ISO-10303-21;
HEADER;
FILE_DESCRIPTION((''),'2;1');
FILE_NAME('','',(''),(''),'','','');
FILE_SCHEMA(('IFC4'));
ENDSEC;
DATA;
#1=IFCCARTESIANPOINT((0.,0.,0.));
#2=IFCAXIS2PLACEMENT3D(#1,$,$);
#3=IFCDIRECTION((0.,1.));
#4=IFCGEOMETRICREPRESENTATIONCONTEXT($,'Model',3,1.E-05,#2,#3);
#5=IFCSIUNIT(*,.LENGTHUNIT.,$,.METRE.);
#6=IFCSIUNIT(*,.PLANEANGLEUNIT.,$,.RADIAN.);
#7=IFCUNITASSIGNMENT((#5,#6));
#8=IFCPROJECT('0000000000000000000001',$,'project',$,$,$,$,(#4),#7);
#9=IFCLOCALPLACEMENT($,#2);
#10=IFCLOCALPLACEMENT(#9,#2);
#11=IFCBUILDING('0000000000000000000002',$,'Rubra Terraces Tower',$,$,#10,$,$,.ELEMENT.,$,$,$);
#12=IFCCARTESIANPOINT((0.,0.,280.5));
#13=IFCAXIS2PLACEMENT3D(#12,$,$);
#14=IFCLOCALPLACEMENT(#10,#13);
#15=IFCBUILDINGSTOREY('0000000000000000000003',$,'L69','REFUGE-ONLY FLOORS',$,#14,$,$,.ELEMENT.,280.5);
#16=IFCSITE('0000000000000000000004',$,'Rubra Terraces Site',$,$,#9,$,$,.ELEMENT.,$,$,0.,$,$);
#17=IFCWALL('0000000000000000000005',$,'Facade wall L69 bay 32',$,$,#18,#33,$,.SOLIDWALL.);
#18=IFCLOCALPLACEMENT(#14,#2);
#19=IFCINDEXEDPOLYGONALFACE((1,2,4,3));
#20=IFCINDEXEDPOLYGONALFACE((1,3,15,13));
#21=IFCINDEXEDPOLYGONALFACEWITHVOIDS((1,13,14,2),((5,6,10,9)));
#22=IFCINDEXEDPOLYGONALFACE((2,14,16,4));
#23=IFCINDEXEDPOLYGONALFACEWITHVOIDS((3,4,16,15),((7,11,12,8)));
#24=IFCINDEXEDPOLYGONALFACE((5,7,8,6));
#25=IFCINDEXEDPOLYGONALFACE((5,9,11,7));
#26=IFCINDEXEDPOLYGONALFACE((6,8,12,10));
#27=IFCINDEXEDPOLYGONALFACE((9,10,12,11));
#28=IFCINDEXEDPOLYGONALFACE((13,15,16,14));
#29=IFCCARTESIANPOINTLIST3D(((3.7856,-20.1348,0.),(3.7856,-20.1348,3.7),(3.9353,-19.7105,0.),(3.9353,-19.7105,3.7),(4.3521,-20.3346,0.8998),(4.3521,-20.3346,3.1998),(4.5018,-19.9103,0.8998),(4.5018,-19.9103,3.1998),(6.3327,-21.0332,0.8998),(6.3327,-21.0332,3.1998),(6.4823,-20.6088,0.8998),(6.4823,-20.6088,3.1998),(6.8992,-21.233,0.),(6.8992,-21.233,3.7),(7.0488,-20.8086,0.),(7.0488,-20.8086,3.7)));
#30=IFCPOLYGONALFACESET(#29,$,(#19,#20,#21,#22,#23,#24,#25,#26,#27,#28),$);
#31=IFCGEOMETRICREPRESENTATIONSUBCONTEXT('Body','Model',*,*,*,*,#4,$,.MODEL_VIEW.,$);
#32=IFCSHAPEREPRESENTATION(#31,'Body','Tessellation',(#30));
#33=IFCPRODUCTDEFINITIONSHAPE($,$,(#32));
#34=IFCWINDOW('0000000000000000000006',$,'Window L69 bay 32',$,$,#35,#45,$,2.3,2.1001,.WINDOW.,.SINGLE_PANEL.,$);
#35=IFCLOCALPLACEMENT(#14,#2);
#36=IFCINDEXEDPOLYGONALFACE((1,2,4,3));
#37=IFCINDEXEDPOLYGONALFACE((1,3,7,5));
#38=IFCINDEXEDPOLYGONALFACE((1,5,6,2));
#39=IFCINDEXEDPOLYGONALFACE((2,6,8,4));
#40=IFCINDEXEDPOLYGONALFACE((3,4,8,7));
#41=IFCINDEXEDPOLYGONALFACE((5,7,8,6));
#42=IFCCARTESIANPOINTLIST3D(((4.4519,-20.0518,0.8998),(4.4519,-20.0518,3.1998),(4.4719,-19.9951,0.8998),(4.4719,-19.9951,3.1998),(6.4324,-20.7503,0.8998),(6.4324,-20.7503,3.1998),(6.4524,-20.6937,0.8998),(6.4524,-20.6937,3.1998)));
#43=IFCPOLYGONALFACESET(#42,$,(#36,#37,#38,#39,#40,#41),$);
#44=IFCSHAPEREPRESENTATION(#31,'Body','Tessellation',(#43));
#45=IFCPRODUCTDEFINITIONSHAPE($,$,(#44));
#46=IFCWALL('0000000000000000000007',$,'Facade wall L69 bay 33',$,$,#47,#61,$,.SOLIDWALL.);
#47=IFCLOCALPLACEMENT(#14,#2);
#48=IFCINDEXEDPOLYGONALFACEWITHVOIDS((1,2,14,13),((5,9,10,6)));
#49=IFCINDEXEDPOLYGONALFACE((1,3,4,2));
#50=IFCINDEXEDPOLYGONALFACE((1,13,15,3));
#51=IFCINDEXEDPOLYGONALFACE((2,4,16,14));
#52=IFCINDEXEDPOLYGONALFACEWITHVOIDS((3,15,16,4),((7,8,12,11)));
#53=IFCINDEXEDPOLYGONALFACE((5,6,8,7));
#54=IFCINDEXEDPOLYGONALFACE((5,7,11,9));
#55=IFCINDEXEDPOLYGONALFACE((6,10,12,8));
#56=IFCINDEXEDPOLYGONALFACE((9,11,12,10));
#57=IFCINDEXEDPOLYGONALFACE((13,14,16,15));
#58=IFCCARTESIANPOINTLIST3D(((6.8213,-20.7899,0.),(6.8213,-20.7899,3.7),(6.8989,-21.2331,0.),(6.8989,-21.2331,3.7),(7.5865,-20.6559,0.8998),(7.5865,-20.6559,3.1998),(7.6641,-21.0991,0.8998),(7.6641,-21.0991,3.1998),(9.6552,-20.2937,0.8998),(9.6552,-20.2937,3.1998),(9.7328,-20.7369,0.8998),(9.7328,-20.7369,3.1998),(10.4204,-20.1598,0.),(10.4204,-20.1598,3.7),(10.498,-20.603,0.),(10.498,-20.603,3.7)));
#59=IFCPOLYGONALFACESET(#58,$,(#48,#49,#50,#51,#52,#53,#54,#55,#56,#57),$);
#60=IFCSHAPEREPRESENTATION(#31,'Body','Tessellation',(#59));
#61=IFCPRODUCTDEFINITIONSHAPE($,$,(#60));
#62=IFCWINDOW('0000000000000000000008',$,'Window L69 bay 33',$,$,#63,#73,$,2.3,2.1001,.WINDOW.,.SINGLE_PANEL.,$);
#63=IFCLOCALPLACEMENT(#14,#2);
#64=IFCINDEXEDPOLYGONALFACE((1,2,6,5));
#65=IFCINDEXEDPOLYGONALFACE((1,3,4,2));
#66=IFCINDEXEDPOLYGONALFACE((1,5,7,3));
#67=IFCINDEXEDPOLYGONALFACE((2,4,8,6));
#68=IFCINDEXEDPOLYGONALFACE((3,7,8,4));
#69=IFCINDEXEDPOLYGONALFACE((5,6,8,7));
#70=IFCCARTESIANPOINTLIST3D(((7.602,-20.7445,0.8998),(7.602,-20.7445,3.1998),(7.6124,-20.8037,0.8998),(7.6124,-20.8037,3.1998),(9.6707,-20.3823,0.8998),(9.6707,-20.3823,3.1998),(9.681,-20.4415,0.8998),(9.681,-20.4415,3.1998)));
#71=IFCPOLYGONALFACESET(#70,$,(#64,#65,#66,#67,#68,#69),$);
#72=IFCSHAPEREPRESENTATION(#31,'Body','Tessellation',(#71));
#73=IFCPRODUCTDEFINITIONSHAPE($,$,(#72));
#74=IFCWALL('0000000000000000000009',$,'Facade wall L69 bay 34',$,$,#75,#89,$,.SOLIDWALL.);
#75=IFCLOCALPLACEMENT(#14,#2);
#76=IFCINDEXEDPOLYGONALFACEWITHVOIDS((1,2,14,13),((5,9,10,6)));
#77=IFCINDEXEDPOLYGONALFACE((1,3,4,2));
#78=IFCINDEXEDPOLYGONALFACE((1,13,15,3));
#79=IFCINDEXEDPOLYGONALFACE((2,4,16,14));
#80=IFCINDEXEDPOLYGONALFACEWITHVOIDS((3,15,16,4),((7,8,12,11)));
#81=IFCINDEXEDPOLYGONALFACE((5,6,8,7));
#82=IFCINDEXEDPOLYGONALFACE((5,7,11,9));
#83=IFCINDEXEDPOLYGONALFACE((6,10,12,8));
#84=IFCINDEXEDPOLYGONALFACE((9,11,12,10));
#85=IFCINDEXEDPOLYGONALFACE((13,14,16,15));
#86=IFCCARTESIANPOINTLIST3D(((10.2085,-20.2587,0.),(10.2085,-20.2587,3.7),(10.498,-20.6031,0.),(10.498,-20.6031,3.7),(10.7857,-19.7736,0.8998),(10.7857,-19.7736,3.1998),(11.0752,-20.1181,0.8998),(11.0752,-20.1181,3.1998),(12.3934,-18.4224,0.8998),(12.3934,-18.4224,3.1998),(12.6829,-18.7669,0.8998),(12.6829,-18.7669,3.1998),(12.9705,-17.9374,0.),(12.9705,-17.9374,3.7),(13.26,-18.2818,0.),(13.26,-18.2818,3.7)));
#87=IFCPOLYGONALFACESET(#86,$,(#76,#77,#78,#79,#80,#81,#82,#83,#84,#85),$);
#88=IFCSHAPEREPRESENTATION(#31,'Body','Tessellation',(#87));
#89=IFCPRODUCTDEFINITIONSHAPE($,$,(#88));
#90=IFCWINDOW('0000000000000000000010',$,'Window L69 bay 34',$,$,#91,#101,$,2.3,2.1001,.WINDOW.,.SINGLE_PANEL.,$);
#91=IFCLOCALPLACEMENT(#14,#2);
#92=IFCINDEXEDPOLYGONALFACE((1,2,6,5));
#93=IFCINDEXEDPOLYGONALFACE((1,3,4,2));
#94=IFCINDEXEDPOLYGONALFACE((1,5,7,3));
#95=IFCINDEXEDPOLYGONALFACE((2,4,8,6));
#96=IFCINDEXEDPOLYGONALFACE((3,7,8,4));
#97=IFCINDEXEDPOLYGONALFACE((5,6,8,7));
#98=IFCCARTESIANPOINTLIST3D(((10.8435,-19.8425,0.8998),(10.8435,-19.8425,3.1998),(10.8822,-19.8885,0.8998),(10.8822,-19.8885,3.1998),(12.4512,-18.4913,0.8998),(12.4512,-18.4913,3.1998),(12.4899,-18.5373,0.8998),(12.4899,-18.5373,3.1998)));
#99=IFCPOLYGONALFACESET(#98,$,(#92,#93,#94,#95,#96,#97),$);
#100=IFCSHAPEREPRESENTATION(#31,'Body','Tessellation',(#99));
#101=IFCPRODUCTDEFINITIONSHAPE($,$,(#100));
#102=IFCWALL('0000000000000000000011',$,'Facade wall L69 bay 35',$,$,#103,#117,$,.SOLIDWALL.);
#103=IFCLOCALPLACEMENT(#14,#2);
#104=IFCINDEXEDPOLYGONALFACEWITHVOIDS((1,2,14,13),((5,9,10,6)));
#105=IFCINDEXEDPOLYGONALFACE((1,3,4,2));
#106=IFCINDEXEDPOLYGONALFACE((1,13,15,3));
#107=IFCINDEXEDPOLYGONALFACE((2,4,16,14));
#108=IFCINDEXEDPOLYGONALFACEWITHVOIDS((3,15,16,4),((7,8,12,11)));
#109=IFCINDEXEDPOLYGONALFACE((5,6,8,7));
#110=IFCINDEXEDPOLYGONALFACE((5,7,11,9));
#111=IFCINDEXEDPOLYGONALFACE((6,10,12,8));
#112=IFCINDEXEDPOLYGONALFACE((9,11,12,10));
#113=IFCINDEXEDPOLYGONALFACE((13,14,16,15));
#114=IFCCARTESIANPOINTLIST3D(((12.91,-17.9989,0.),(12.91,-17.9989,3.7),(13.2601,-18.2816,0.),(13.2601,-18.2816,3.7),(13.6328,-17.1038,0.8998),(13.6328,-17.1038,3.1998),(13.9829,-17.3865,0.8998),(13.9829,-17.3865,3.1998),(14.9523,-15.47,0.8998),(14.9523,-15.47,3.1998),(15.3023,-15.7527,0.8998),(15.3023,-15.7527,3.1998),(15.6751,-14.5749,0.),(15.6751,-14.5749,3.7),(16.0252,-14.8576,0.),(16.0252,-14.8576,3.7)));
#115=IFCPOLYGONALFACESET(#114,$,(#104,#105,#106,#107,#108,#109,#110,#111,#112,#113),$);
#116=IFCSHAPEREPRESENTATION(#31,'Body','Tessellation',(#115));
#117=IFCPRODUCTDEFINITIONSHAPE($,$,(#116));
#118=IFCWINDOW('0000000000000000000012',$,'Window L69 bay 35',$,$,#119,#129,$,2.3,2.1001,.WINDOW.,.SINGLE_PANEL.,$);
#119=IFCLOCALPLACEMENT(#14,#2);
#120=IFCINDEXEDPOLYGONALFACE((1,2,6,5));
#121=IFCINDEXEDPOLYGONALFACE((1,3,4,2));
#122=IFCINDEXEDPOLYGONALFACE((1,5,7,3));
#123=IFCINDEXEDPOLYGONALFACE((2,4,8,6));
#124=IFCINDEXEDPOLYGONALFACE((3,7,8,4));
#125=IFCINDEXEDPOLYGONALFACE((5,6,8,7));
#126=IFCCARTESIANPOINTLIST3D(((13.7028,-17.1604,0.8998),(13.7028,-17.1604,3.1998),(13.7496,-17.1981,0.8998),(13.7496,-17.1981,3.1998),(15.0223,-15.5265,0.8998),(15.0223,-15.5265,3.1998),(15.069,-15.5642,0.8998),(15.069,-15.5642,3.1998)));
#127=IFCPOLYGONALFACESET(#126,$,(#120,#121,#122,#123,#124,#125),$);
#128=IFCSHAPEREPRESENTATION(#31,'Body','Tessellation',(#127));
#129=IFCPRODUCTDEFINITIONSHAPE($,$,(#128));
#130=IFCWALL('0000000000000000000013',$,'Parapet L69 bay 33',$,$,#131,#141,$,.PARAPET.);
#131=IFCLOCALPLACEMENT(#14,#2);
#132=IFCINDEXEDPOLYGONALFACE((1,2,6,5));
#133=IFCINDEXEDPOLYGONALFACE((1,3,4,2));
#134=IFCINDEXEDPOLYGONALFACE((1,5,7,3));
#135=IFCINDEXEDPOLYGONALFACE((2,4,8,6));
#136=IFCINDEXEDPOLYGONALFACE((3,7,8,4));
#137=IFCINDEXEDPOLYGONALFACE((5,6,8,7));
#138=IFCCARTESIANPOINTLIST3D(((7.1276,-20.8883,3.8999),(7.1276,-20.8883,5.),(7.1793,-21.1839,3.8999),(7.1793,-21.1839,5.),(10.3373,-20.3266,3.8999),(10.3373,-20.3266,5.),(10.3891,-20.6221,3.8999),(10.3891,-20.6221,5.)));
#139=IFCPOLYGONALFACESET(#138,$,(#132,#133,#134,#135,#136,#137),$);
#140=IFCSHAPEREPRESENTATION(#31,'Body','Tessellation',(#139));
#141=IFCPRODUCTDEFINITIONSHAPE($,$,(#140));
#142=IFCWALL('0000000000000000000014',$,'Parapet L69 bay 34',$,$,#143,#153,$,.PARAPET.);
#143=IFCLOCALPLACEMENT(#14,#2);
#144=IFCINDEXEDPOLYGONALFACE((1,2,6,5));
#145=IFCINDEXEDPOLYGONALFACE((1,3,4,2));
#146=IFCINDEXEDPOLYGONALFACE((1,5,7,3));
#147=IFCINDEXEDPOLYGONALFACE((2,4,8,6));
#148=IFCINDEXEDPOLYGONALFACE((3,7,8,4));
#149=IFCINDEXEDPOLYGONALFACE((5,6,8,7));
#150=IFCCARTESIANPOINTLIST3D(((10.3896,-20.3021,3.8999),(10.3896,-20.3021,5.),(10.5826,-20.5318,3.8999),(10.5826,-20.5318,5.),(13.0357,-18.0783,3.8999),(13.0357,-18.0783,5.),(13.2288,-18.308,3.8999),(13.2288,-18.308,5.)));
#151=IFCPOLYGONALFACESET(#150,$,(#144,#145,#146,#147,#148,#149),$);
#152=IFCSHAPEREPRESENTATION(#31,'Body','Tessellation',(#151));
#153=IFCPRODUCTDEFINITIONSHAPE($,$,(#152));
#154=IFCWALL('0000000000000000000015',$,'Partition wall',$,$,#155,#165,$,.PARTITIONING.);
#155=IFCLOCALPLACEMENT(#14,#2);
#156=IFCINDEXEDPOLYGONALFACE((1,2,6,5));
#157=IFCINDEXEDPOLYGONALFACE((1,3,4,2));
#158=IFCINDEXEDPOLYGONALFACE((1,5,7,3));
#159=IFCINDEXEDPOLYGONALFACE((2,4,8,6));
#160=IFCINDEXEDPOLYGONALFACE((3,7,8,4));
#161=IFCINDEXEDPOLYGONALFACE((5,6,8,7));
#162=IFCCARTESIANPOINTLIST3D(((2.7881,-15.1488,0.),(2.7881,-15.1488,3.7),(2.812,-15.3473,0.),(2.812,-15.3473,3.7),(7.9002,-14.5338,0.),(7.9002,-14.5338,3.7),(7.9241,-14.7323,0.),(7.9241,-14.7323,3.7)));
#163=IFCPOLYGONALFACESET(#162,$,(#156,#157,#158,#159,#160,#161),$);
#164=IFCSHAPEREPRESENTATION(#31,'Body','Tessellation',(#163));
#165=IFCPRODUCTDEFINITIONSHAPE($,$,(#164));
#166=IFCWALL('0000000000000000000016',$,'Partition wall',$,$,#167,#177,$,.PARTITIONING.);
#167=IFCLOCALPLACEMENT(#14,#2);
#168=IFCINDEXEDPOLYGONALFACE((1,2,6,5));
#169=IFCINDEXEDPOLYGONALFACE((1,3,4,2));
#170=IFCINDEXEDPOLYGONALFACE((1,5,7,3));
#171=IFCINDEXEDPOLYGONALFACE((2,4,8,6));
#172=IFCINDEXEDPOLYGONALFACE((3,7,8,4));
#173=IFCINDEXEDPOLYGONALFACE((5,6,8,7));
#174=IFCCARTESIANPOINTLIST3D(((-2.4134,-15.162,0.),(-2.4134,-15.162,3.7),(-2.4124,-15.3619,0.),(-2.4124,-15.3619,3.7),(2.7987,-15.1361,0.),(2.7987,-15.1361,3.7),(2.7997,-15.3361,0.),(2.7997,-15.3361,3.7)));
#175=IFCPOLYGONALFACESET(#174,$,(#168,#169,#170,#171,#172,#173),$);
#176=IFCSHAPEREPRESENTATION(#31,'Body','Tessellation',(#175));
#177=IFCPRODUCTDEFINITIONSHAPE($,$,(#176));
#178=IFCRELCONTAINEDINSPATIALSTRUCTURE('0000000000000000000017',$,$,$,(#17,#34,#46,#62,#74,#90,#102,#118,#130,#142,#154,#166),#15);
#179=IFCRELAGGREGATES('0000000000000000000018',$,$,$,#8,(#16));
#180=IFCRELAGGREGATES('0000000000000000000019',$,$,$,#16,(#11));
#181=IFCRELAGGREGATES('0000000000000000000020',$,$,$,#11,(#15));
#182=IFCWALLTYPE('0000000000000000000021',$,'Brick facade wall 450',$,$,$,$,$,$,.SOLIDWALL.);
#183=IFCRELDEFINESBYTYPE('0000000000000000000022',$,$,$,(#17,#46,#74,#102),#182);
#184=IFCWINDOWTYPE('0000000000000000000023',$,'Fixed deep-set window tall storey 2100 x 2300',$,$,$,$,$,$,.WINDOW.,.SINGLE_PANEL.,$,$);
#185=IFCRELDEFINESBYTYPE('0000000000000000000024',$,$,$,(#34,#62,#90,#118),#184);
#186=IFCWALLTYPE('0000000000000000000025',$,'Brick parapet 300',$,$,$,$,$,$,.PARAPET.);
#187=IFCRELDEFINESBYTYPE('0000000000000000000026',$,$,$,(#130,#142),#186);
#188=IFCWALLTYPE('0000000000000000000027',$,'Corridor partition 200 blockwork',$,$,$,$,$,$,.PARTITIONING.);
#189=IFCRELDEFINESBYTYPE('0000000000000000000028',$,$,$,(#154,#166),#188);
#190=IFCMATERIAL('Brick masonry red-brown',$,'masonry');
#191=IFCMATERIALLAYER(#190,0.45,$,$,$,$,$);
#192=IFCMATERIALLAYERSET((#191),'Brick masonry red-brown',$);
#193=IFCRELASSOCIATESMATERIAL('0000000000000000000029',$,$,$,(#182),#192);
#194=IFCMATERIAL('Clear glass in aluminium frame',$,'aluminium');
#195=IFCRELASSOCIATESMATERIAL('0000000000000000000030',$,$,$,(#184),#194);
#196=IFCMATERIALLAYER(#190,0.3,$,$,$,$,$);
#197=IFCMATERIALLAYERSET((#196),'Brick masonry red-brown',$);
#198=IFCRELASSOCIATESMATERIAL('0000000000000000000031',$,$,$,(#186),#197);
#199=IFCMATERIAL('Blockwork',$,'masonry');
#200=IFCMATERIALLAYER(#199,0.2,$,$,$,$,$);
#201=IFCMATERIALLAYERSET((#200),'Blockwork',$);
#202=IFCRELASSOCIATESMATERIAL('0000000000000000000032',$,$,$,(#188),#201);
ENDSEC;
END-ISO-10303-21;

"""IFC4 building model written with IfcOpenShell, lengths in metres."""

from ifc_helpers import new_model, si_unit, direction, frame, frame_2d, origin, place, context, subcontext, project, spatial, rectangle, extrude, material, layer, layer_set, type_object, element, fill, save


model = new_model("IFC4")

# Units and contexts
model_context = context("Model", 3, precision=1e-05, world=origin(), true_north=direction((0.0, 1.0)))
body_context = subcontext(model_context, "Body", "Model", "MODEL_VIEW")
ifc_project = project(units=[si_unit("LENGTHUNIT", "METRE"), si_unit("PLANEANGLEUNIT", "RADIAN")], contexts=[model_context])

# Site, building, storey
site_placement = place(None, origin())
site = spatial("IfcSite", under=ifc_project, at=site_placement, Name="Rubra Terraces Site", CompositionType="ELEMENT", RefElevation=0.0)
building_placement = place(site_placement, origin())
building = spatial("IfcBuilding", under=site, at=building_placement, Name="Rubra Terraces Tower", CompositionType="ELEMENT")
storey_placement = place(building_placement, frame((0.0, 0.0, 280.5)))
storey = spatial("IfcBuildingStorey", under=building, at=storey_placement, Name="L69", Description="REFUGE-ONLY FLOORS", CompositionType="ELEMENT", Elevation=280.5)

# Walls, openings, windows
ifc_material_1 = material(Name="Brick masonry red-brown", Category="masonry")
ifc_layer_1 = layer(ifc_material_1, 0.45)
ifc_layer_set_1 = layer_set([ifc_layer_1], Name="Brick masonry red-brown")
wall_type_1 = type_object("IfcWallType", Name="Brick facade wall 450", PredefinedType="SOLIDWALL", material=ifc_layer_set_1)
wall_1_placement = place(storey_placement, frame((3.8604, -19.9226, 0.0), z_axis=(0.0, 0.0, 1.0), x_axis=(0.943061, -0.332619, 0.0)))
wall_1 = element("IfcWall", 1, at=wall_1_placement, inside=storey, type_object=wall_type_1, Name="Facade wall L69 bay 32", PredefinedType="SOLIDWALL", context=body_context, shape_type="SweptSolid", body=[
    extrude(rectangle(XDim=3.3015, YDim=0.45, at=frame_2d((1.6509, 0.0))), origin(), (0.0, 0.0, 1.0), 3.7),
])
opening_1_placement = place(wall_1_placement, frame((0.6008, 0.0, 0.8999)))
opening_1 = element("IfcOpeningElement", 2, at=opening_1_placement, cuts=wall_1, PredefinedType="OPENING", context=body_context, shape_type="SweptSolid", body=[
    extrude(rectangle(XDim=2.1001, YDim=2.3, at=frame_2d((1.05, 1.1499))), frame((0.0, 0.2349, 0.0), z_axis=(0.0, -1.0, 0.0), x_axis=(1.0, 0.0, 0.0)), (0.0, 0.0, 1.0), 0.47),
])
ifc_material_2 = material(Name="Clear glass in aluminium frame", Category="aluminium")
window_type = type_object("IfcWindowType", Name="Fixed deep-set window tall storey 2100 x 2300", PartitioningType="SINGLE_PANEL", PredefinedType="WINDOW", material=ifc_material_2)
window_1_placement = place(opening_1_placement, origin())
window_1 = element("IfcWindow", 3, at=window_1_placement, inside=storey, type_object=window_type, Name="Window L69 bay 32", OverallHeight=2.3, OverallWidth=2.1001, PartitioningType="SINGLE_PANEL", PredefinedType="WINDOW", context=body_context, shape_type="SweptSolid", body=[
    extrude(rectangle(XDim=2.1001, YDim=2.3, at=frame_2d((1.05, 1.1499))), frame((0.0, 0.135, 0.0), z_axis=(0.0, -1.0, 0.0), x_axis=(1.0, 0.0, 0.0)), (0.0, 0.0, 1.0), 0.0601),
])
fill(opening_1, window_1)
wall_2_placement = place(storey_placement, frame((6.8601, -21.0115, 0.0), z_axis=(0.0, 0.0, 1.0), x_axis=(0.985017, 0.172455, 0.0)))
wall_2 = element("IfcWall", 4, at=wall_2_placement, inside=storey, type_object=wall_type_1, Name="Facade wall L69 bay 33", PredefinedType="SOLIDWALL", context=body_context, shape_type="SweptSolid", body=[
    extrude(rectangle(XDim=3.6538, YDim=0.45, at=frame_2d((1.8269, 0.0))), origin(), (0.0, 0.0, 1.0), 3.7),
])
opening_2_placement = place(wall_2_placement, frame((0.7769, 0.0, 0.8999)))
opening_2 = element("IfcOpeningElement", 5, at=opening_2_placement, cuts=wall_2, PredefinedType="OPENING", context=body_context, shape_type="SweptSolid", body=[
    extrude(rectangle(XDim=2.1001, YDim=2.3, at=frame_2d((1.05, 1.1499))), frame((0.0, 0.2349, 0.0), z_axis=(0.0, -1.0, 0.0), x_axis=(1.0, 0.0, 0.0)), (0.0, 0.0, 1.0), 0.47),
])
window_2_placement = place(opening_2_placement, origin())
window_2 = element("IfcWindow", 6, at=window_2_placement, inside=storey, type_object=window_type, Name="Window L69 bay 33", OverallHeight=2.3, OverallWidth=2.1001, PartitioningType="SINGLE_PANEL", PredefinedType="WINDOW", context=body_context, shape_type="SweptSolid", body=[
    extrude(rectangle(XDim=2.1001, YDim=2.3, at=frame_2d((1.05, 1.1499))), frame((0.0, 0.135, 0.0), z_axis=(0.0, -1.0, 0.0), x_axis=(1.0, 0.0, 0.0)), (0.0, 0.0, 1.0), 0.0601),
])
fill(opening_2, window_2)
wall_3_placement = place(storey_placement, frame((10.3533, -20.4309, 0.0), z_axis=(0.0, 0.0, 1.0), x_axis=(0.765536, 0.643394, 0.0)))
wall_3 = element("IfcWall", 7, at=wall_3_placement, inside=storey, type_object=wall_type_1, Name="Facade wall L69 bay 34", PredefinedType="SOLIDWALL", context=body_context, shape_type="SweptSolid", body=[
    extrude(rectangle(XDim=3.6079, YDim=0.45, at=frame_2d((1.804, 0.0))), origin(), (0.0, 0.0, 1.0), 3.7),
])
opening_3_placement = place(wall_3_placement, frame((0.7539, 0.0, 0.8999)))
opening_3 = element("IfcOpeningElement", 8, at=opening_3_placement, cuts=wall_3, PredefinedType="OPENING", context=body_context, shape_type="SweptSolid", body=[
    extrude(rectangle(XDim=2.1001, YDim=2.3, at=frame_2d((1.05, 1.1499))), frame((0.0, 0.2349, 0.0), z_axis=(0.0, -1.0, 0.0), x_axis=(1.0, 0.0, 0.0)), (0.0, 0.0, 1.0), 0.47),
])
window_3_placement = place(opening_3_placement, origin())
window_3 = element("IfcWindow", 9, at=window_3_placement, inside=storey, type_object=window_type, Name="Window L69 bay 34", OverallHeight=2.3, OverallWidth=2.1001, PartitioningType="SINGLE_PANEL", PredefinedType="WINDOW", context=body_context, shape_type="SweptSolid", body=[
    extrude(rectangle(XDim=2.1001, YDim=2.3, at=frame_2d((1.05, 1.1499))), frame((0.0, 0.135, 0.0), z_axis=(0.0, -1.0, 0.0), x_axis=(1.0, 0.0, 0.0)), (0.0, 0.0, 1.0), 0.0601),
])
fill(opening_3, window_3)
wall_4_placement = place(storey_placement, frame((13.085, -18.1404, 0.0), z_axis=(0.0, 0.0, 1.0), x_axis=(0.628274, 0.777992, 0.0)))
wall_4 = element("IfcWall", 10, at=wall_4_placement, inside=storey, type_object=wall_type_1, Name="Facade wall L69 bay 35", PredefinedType="SOLIDWALL", context=body_context, shape_type="SweptSolid", body=[
    extrude(rectangle(XDim=4.4011, YDim=0.45, at=frame_2d((2.2007, 0.0))), origin(), (0.0, 0.0, 1.0), 3.7),
])
opening_4_placement = place(wall_4_placement, frame((1.1506, 0.0, 0.8999)))
opening_4 = element("IfcOpeningElement", 11, at=opening_4_placement, cuts=wall_4, PredefinedType="OPENING", context=body_context, shape_type="SweptSolid", body=[
    extrude(rectangle(XDim=2.1001, YDim=2.3, at=frame_2d((1.05, 1.1499))), frame((0.0, 0.2349, 0.0), z_axis=(0.0, -1.0, 0.0), x_axis=(1.0, 0.0, 0.0)), (0.0, 0.0, 1.0), 0.47),
])
window_4_placement = place(opening_4_placement, origin())
window_4 = element("IfcWindow", 12, at=window_4_placement, inside=storey, type_object=window_type, Name="Window L69 bay 35", OverallHeight=2.3, OverallWidth=2.1001, PartitioningType="SINGLE_PANEL", PredefinedType="WINDOW", context=body_context, shape_type="SweptSolid", body=[
    extrude(rectangle(XDim=2.1001, YDim=2.3, at=frame_2d((1.05, 1.1499))), frame((0.0, 0.135, 0.0), z_axis=(0.0, -1.0, 0.0), x_axis=(1.0, 0.0, 0.0)), (0.0, 0.0, 1.0), 0.0601),
])
fill(opening_4, window_4)

# Walls
ifc_layer_2 = layer(ifc_material_1, 0.3)
ifc_layer_set_2 = layer_set([ifc_layer_2], Name="Brick masonry red-brown")
wall_type_2 = type_object("IfcWallType", Name="Brick parapet 300", PredefinedType="PARAPET", material=ifc_layer_set_2)
wall_5_placement = place(storey_placement, frame((7.1533, -21.0361, 3.8999), z_axis=(0.0, 0.0, 1.0), x_axis=(0.985027, 0.1724, 0.0)))
element("IfcWall", 13, at=wall_5_placement, inside=storey, type_object=wall_type_2, Name="Parapet L69 bay 33", PredefinedType="PARAPET", context=body_context, shape_type="SweptSolid", body=[
    extrude(rectangle(XDim=3.2585, YDim=0.3, at=frame_2d((1.6294, 0.0))), origin(), (0.0, 0.0, 1.0), 1.1001),
])
wall_6_placement = place(storey_placement, frame((10.4861, -20.417, 3.8999), z_axis=(0.0, 0.0, 1.0), x_axis=(0.765557, 0.643368, 0.0)))
element("IfcWall", 14, at=wall_6_placement, inside=storey, type_object=wall_type_2, Name="Parapet L69 bay 34", PredefinedType="PARAPET", context=body_context, shape_type="SweptSolid", body=[
    extrude(rectangle(XDim=3.4565, YDim=0.3, at=frame_2d((1.7283, 0.0))), origin(), (0.0, 0.0, 1.0), 1.1001),
])
ifc_material_3 = material(Name="Blockwork", Category="masonry")
ifc_layer_3 = layer(ifc_material_3, 0.2)
ifc_layer_set_3 = layer_set([ifc_layer_3], Name="Blockwork")
wall_type_3 = type_object("IfcWallType", Name="Corridor partition 200 blockwork", PredefinedType="PARTITIONING", material=ifc_layer_set_3)
wall_7_placement = place(storey_placement, frame((7.9121, -14.6331, 0.0), z_axis=(0.0, 0.0, 1.0), x_axis=(-0.992841, -0.119441, 0.0)))
element("IfcWall", 15, at=wall_7_placement, inside=storey, type_object=wall_type_3, Name="Partition wall", PredefinedType="PARTITIONING", context=body_context, shape_type="SweptSolid", body=[
    extrude(rectangle(XDim=5.1489, YDim=0.2, at=frame_2d((2.5745, 0.0))), origin(), (0.0, 0.0, 1.0), 3.7),
])
wall_8_placement = place(storey_placement, frame((2.7991, -15.2361, 0.0), z_axis=(0.0, 0.0, 1.0), x_axis=(-0.999988, -0.004965, 0.0)))
element("IfcWall", 16, at=wall_8_placement, inside=storey, type_object=wall_type_3, Name="Partition wall", PredefinedType="PARTITIONING", context=body_context, shape_type="SweptSolid", body=[
    extrude(rectangle(XDim=5.2122, YDim=0.2, at=frame_2d((2.606, 0.0))), origin(), (0.0, 0.0, 1.0), 3.7),
])

save(model, "model.ifc")
